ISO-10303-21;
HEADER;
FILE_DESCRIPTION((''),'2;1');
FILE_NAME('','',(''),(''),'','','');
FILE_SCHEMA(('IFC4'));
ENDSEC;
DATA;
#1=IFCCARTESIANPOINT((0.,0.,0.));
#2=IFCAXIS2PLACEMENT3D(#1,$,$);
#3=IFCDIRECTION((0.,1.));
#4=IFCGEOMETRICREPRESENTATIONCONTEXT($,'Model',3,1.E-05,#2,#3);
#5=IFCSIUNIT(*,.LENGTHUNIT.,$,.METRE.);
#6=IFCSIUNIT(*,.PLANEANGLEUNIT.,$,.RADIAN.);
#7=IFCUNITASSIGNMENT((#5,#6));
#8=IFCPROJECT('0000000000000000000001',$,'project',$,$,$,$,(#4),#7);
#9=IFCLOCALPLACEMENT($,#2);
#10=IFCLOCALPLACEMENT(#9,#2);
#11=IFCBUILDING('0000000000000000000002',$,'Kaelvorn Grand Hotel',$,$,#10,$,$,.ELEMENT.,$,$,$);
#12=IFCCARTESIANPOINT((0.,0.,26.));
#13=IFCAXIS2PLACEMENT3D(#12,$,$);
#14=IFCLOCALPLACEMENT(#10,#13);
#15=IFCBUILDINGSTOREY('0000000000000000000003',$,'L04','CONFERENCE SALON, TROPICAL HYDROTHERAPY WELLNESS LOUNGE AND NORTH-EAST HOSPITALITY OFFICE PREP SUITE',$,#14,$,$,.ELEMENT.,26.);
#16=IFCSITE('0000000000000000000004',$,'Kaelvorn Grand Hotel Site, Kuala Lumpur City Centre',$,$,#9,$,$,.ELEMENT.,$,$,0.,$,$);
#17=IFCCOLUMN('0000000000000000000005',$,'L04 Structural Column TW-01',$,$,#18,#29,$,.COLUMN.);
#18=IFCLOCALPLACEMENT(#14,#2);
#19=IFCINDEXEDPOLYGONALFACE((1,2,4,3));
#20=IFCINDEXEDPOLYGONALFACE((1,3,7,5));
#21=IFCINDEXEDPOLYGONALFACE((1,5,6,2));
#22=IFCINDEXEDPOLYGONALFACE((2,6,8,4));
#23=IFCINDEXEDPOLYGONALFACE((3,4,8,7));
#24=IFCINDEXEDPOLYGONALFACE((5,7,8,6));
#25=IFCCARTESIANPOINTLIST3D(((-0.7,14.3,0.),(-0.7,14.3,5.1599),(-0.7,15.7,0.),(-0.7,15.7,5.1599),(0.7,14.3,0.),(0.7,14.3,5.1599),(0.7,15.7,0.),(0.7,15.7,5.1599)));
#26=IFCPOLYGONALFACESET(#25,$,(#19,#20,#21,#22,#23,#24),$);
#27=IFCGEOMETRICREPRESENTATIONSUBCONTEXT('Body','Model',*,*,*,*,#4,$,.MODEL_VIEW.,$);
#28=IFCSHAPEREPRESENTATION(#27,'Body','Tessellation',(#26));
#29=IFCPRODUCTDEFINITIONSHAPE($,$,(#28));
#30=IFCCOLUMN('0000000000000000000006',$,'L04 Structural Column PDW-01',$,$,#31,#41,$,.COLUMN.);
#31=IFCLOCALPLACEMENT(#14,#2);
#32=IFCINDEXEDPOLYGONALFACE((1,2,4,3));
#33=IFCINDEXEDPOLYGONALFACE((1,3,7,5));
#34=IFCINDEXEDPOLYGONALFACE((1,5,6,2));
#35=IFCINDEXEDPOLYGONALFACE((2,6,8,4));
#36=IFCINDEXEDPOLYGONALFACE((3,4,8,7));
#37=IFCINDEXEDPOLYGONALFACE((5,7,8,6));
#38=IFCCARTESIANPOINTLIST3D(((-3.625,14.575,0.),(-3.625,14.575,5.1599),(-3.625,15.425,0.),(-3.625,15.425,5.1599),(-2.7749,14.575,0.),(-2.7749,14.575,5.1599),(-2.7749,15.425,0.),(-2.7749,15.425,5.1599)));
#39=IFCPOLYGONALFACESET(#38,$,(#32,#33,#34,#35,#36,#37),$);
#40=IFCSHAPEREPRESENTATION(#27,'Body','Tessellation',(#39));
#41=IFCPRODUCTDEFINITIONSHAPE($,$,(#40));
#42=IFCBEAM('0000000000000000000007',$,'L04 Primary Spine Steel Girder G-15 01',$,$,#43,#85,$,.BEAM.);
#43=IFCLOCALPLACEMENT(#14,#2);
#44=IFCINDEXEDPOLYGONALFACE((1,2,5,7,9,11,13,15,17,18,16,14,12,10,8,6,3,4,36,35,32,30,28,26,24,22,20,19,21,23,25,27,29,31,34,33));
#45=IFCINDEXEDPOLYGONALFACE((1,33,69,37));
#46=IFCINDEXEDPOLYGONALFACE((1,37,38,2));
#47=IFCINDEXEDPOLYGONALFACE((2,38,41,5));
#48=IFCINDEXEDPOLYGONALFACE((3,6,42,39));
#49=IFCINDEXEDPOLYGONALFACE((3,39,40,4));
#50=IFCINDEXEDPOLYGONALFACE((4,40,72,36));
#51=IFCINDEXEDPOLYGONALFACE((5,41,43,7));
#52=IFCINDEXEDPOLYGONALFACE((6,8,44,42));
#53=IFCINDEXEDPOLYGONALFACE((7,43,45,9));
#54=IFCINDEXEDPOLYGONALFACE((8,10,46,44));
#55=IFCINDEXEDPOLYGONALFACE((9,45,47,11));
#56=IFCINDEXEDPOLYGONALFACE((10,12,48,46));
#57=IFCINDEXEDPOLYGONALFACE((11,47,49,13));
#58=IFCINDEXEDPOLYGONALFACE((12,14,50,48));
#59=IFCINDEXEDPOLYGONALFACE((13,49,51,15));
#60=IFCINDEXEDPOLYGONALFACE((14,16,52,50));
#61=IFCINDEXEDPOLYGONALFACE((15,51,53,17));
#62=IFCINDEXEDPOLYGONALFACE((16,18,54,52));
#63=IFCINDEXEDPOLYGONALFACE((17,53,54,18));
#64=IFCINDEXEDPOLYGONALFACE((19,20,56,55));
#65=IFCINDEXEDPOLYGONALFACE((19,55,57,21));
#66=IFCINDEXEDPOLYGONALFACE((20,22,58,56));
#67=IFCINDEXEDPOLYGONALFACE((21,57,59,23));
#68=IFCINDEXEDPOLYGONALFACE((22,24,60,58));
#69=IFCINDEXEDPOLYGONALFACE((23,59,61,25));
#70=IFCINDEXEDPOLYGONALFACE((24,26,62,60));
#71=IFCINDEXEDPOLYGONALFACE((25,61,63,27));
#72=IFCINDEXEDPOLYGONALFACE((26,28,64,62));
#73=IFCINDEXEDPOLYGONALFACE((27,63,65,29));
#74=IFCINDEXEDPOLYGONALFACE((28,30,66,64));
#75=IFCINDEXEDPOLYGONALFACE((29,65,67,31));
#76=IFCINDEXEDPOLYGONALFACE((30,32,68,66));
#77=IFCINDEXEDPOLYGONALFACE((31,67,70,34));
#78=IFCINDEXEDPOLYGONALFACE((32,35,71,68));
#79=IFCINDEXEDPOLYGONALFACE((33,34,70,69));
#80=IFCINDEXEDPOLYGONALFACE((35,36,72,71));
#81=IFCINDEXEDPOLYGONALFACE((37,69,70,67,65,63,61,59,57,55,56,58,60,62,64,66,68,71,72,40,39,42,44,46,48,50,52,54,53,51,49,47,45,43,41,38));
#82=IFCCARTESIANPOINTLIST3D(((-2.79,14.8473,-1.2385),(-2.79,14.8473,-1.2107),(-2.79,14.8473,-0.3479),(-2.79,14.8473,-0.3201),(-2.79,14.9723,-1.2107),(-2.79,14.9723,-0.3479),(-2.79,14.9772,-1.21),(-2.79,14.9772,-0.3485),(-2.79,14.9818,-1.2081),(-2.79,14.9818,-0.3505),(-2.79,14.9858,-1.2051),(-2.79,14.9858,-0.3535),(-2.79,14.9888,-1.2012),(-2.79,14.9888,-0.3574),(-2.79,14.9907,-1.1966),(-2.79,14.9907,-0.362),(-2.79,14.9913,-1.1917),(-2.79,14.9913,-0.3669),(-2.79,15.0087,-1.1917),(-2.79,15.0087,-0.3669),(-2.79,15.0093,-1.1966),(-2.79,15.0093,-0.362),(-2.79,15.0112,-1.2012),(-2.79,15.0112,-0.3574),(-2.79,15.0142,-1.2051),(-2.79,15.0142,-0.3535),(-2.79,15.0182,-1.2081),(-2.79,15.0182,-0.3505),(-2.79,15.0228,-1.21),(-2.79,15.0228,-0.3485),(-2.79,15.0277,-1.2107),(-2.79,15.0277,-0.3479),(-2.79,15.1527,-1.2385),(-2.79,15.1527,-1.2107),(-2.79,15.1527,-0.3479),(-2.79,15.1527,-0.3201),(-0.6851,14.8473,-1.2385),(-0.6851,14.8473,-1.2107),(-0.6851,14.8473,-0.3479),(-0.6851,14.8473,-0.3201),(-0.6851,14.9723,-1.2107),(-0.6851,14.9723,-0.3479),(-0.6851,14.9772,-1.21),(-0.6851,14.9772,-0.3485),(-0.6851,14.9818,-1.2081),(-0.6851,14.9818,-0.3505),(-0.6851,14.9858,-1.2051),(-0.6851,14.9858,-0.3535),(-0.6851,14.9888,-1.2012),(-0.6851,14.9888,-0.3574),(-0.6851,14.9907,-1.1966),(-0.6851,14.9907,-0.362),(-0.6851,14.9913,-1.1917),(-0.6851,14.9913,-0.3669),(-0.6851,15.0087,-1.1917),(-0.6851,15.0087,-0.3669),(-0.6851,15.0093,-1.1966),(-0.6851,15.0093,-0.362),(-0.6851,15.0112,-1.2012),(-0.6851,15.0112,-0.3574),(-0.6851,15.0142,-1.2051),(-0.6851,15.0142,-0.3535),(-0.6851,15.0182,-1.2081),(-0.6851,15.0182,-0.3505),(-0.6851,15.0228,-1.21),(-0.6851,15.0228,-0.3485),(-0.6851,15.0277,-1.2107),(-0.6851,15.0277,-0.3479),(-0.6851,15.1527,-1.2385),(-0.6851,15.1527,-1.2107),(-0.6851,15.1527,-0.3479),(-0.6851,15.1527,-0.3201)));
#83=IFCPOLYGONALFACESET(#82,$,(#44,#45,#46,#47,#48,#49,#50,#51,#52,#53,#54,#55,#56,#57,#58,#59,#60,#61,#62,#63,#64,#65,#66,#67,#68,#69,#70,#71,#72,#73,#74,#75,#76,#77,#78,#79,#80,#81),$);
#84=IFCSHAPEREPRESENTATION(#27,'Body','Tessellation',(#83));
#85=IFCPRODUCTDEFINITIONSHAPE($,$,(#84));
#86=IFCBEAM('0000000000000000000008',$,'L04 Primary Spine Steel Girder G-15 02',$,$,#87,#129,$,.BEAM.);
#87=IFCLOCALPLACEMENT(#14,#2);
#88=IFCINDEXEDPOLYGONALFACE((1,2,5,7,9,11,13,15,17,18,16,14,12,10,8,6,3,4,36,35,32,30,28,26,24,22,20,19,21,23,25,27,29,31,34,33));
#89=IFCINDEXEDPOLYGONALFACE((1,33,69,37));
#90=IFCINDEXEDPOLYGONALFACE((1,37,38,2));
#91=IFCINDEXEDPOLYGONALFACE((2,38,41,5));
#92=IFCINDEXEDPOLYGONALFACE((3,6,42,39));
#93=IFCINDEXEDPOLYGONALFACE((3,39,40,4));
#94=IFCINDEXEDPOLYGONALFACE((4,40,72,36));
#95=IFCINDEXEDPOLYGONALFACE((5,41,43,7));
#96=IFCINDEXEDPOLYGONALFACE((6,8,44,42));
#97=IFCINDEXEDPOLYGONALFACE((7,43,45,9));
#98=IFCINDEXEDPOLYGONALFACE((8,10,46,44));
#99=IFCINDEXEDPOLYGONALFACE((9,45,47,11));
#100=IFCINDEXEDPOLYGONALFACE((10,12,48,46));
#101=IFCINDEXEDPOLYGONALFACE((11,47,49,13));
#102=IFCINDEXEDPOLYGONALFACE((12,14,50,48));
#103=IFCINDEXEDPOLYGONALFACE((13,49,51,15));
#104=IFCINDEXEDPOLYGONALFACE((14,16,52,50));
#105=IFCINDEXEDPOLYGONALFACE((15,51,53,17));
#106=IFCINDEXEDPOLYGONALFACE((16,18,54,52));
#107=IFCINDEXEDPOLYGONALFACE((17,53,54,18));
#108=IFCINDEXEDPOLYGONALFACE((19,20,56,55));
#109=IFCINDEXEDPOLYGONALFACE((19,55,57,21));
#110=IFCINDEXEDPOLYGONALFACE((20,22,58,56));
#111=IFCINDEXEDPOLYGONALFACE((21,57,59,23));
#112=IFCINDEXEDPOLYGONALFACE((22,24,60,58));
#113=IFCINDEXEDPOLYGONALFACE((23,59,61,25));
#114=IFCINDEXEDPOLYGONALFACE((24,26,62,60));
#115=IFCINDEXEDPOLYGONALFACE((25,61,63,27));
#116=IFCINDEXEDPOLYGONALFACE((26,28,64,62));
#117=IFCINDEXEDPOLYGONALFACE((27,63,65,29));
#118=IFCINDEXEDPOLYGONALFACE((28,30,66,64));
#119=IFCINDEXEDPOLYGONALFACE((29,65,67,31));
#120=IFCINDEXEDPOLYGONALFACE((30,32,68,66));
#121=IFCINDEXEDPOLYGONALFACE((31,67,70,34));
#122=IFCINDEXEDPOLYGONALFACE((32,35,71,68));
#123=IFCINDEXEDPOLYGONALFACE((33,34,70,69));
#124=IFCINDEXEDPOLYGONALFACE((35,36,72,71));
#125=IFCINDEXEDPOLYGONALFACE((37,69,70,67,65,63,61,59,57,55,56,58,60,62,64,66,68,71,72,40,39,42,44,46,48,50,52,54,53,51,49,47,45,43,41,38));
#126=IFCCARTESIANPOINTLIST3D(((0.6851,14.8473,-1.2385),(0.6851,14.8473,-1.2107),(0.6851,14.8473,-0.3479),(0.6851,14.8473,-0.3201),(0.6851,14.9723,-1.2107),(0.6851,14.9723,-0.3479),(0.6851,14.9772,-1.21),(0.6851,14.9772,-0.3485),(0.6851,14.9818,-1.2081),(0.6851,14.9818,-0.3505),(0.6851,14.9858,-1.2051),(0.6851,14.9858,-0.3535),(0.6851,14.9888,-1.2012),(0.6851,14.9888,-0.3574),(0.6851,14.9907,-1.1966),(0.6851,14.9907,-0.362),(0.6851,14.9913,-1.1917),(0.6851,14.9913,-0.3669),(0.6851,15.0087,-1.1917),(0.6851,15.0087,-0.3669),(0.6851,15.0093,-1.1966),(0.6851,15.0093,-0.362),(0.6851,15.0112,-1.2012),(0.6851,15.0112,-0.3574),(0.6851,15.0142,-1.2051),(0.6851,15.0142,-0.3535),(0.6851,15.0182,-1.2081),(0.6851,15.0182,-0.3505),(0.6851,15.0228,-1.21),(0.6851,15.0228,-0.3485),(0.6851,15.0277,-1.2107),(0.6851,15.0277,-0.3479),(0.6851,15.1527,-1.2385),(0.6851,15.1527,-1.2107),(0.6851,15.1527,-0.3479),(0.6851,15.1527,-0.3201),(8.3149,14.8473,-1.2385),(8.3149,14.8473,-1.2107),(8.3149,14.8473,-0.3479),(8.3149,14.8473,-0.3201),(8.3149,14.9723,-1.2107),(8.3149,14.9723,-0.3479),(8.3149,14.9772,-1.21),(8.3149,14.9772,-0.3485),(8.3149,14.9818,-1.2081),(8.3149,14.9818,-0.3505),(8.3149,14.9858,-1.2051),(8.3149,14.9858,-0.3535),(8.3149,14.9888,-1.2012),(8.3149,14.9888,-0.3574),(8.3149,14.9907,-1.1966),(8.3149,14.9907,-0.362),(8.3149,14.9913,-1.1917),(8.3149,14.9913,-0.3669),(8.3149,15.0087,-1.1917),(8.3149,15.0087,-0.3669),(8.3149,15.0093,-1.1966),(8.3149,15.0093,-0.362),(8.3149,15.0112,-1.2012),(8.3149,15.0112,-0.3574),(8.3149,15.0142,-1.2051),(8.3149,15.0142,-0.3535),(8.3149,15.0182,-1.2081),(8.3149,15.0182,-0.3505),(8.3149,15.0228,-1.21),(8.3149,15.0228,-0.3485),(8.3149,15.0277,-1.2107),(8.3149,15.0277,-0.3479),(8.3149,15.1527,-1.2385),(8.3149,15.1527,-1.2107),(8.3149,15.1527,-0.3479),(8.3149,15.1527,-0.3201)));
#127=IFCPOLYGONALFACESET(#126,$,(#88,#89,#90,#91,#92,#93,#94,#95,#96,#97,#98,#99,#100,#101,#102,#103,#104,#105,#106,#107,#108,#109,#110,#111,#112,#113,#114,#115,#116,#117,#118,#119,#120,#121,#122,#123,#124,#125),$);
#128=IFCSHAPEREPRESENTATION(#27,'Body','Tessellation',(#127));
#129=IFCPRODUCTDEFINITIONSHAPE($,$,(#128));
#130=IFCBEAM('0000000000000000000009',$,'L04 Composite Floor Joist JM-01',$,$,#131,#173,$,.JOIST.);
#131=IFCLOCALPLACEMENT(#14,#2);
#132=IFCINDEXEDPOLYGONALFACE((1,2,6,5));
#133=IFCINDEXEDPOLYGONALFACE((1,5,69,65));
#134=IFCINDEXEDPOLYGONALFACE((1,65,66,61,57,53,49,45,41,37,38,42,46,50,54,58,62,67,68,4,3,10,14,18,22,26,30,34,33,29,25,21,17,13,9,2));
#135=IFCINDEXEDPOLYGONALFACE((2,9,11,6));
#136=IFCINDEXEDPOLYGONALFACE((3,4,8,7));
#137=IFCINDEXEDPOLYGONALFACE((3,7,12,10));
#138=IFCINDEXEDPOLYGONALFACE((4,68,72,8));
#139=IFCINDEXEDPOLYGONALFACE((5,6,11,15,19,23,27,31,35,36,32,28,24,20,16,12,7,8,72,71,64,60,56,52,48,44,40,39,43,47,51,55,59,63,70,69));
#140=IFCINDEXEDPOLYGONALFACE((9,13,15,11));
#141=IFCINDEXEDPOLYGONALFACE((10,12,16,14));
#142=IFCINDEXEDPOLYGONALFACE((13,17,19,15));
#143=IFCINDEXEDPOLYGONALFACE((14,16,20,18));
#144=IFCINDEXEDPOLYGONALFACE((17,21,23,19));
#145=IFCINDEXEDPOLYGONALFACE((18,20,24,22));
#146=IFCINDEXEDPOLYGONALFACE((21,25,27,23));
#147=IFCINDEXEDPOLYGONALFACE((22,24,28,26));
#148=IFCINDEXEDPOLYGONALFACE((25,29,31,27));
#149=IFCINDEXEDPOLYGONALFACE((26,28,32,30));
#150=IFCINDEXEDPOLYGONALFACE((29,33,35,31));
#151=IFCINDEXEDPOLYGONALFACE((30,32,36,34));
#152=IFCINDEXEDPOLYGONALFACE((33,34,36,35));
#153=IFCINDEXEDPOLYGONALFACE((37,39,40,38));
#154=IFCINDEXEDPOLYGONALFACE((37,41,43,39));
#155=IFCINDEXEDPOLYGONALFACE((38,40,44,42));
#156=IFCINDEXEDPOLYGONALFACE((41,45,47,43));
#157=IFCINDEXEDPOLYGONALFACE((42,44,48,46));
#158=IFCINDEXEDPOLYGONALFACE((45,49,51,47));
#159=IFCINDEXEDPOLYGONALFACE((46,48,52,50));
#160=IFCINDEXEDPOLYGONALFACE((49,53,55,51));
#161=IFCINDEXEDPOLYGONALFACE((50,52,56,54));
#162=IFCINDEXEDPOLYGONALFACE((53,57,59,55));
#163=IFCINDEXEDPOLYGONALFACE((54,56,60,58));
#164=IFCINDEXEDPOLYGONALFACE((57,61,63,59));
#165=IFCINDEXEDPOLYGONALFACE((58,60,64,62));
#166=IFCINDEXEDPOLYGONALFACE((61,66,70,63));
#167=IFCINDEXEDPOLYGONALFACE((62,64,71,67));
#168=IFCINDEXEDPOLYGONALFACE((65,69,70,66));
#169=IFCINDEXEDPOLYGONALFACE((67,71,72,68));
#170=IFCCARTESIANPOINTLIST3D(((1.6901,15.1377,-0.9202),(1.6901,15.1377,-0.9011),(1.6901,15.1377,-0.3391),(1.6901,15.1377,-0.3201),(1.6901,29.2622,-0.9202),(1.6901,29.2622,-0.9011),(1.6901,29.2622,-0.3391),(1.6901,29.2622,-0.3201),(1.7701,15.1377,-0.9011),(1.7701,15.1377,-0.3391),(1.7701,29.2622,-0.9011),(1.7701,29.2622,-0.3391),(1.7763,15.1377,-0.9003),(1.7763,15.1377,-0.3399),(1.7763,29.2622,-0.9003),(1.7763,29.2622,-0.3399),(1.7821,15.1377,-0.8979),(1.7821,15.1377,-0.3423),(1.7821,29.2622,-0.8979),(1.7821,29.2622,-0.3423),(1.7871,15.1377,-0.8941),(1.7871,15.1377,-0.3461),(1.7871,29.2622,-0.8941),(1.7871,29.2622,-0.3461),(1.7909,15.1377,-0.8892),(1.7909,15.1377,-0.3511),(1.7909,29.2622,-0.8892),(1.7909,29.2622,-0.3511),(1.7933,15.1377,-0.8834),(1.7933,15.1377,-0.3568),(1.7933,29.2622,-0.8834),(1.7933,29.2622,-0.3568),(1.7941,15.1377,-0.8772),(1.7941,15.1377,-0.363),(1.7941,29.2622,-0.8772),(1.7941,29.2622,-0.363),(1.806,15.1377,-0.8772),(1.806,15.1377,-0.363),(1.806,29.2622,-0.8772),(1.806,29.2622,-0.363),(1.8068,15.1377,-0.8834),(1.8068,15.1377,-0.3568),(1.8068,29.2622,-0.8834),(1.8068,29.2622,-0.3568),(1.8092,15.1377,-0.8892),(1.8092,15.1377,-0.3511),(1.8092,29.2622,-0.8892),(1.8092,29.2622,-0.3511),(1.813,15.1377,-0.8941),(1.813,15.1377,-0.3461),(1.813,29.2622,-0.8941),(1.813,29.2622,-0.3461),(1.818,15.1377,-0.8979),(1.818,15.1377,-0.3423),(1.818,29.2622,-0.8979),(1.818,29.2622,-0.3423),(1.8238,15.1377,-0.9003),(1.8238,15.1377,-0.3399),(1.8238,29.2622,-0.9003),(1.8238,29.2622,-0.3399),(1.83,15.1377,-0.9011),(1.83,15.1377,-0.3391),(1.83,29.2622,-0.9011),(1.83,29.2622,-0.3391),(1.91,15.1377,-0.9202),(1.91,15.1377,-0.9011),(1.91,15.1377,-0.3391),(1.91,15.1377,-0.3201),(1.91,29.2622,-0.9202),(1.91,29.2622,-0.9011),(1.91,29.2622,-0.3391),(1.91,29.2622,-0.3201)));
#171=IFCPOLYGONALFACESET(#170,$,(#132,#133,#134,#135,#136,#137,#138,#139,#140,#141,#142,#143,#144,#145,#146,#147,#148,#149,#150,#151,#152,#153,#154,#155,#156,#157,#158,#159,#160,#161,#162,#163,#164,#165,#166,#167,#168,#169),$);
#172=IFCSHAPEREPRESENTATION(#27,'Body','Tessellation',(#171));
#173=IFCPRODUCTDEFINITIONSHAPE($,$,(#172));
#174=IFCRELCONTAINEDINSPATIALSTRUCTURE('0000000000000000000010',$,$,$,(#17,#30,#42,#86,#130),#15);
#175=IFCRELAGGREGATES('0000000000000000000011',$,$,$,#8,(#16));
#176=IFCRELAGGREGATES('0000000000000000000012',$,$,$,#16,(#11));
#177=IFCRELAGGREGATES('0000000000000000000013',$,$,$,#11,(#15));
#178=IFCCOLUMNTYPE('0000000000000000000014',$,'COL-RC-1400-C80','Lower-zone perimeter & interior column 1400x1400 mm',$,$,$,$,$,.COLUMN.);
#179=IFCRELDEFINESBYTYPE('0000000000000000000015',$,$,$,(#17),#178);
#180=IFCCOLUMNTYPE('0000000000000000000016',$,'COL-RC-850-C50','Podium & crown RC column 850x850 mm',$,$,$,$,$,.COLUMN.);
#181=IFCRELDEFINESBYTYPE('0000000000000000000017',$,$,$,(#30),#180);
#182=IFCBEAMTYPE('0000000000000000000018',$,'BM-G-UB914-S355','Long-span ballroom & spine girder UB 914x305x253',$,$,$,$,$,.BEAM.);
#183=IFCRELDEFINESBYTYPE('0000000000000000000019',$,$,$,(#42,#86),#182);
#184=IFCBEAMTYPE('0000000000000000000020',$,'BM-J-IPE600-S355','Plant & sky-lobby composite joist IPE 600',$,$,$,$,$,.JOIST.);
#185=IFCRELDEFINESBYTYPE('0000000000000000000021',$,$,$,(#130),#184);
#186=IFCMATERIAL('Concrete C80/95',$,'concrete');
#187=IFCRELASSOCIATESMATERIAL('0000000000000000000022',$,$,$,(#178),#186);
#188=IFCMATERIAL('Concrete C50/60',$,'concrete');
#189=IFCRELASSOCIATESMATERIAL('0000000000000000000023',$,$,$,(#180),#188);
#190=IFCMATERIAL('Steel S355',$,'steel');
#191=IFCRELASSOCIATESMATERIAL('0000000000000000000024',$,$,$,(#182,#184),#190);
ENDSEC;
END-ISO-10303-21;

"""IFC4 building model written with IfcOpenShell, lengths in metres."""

from ifc_helpers import new_model, si_unit, direction, frame, origin, origin_2d, place, context, subcontext, project, spatial, rectangle, i_section, extrude, material, material_profile, profile_set, type_object, element, save


model = new_model("IFC4")

# Units and contexts
model_context = context("Model", 3, precision=1e-05, world=origin(), true_north=direction((0.0, 1.0)))
body_context = subcontext(model_context, "Body", "Model", "MODEL_VIEW")
ifc_project = project(units=[si_unit("LENGTHUNIT", "METRE"), si_unit("PLANEANGLEUNIT", "RADIAN")], contexts=[model_context])

# Site, building, storey
site_placement = place(None, origin())
site = spatial("IfcSite", under=ifc_project, at=site_placement, Name="Kaelvorn Grand Hotel Site, Kuala Lumpur City Centre", CompositionType="ELEMENT", RefElevation=0.0)
building_placement = place(site_placement, origin())
building = spatial("IfcBuilding", under=site, at=building_placement, Name="Kaelvorn Grand Hotel", CompositionType="ELEMENT")
storey_placement = place(building_placement, frame((0.0, 0.0, 26.0)))
storey = spatial("IfcBuildingStorey", under=building, at=storey_placement, Name="L04", Description="CONFERENCE SALON, TROPICAL HYDROTHERAPY WELLNESS LOUNGE AND NORTH-EAST HOSPITALITY OFFICE PREP SUITE", CompositionType="ELEMENT", Elevation=26.0)

# Columns
ifc_material_1 = material(Name="Concrete C80/95", Category="concrete")
ifc_material_profile_1 = material_profile(ifc_material_1, rectangle(XDim=1.3999, YDim=1.3999, at=origin_2d()), Name="RC COL 1400x1400")
ifc_profile_set_1 = profile_set([ifc_material_profile_1], Name="Concrete C80/95")
column_type_1 = type_object("IfcColumnType", Name="COL-RC-1400-C80", Description="Lower-zone perimeter & interior column 1400x1400 mm", PredefinedType="COLUMN", material=ifc_profile_set_1)
column_1_placement = place(storey_placement, frame((0.0, 15.0, 0.0), z_axis=(0.0, 0.0, 1.0), x_axis=(1.0, 0.0, 0.0)))
element("IfcColumn", 1, at=column_1_placement, inside=storey, type_object=column_type_1, Name="L04 Structural Column TW-01", PredefinedType="COLUMN", context=body_context, shape_type="SweptSolid", body=[
    extrude(rectangle(XDim=1.3999, YDim=1.3999, at=origin_2d()), origin(), (0.0, 0.0, 1.0), 5.1599),
])
ifc_material_2 = material(Name="Concrete C50/60", Category="concrete")
ifc_material_profile_2 = material_profile(ifc_material_2, rectangle(XDim=0.8501, YDim=0.8501, at=origin_2d()), Name="RC COL 850x850")
ifc_profile_set_2 = profile_set([ifc_material_profile_2], Name="Concrete C50/60")
column_type_2 = type_object("IfcColumnType", Name="COL-RC-850-C50", Description="Podium & crown RC column 850x850 mm", PredefinedType="COLUMN", material=ifc_profile_set_2)
column_2_placement = place(storey_placement, frame((-3.2, 15.0, 0.0), z_axis=(0.0, 0.0, 1.0), x_axis=(1.0, 0.0, 0.0)))
element("IfcColumn", 2, at=column_2_placement, inside=storey, type_object=column_type_2, Name="L04 Structural Column PDW-01", PredefinedType="COLUMN", context=body_context, shape_type="SweptSolid", body=[
    extrude(rectangle(XDim=0.8501, YDim=0.8501, at=origin_2d()), origin(), (0.0, 0.0, 1.0), 5.1599),
])

# Beams
ifc_material_3 = material(Name="Steel S355", Category="steel")
ifc_material_profile_3 = material_profile(ifc_material_3, i_section(OverallWidth=0.3054, OverallDepth=0.9185, WebThickness=0.0173, FlangeThickness=0.0278, FilletRadius=0.019, at=origin_2d()), Name="UB 914x305x253")
ifc_profile_set_3 = profile_set([ifc_material_profile_3], Name="Steel S355")
beam_type_1 = type_object("IfcBeamType", Name="BM-G-UB914-S355", Description="Long-span ballroom & spine girder UB 914x305x253", PredefinedType="BEAM", material=ifc_profile_set_3)
beam_1_placement = place(storey_placement, frame((-2.79, 15.0, -0.7793), z_axis=(1.0, 0.0, 0.0), x_axis=(0.0, 1.0, 0.0)))
element("IfcBeam", 3, at=beam_1_placement, inside=storey, type_object=beam_type_1, Name="L04 Primary Spine Steel Girder G-15 01", PredefinedType="BEAM", context=body_context, shape_type="SweptSolid", body=[
    extrude(i_section(OverallWidth=0.3054, OverallDepth=0.9185, WebThickness=0.0173, FlangeThickness=0.0278, FilletRadius=0.019, at=origin_2d()), origin(), (0.0, 0.0, 1.0), 2.105),
])
beam_2_placement = place(storey_placement, frame((0.6851, 15.0, -0.7793), z_axis=(1.0, 0.0, 0.0), x_axis=(0.0, 1.0, 0.0)))
element("IfcBeam", 4, at=beam_2_placement, inside=storey, type_object=beam_type_1, Name="L04 Primary Spine Steel Girder G-15 02", PredefinedType="BEAM", context=body_context, shape_type="SweptSolid", body=[
    extrude(i_section(OverallWidth=0.3054, OverallDepth=0.9185, WebThickness=0.0173, FlangeThickness=0.0278, FilletRadius=0.019, at=origin_2d()), origin(), (0.0, 0.0, 1.0), 7.6299),
])
ifc_material_profile_4 = material_profile(ifc_material_3, i_section(OverallWidth=0.22, OverallDepth=0.6001, WebThickness=0.012, FlangeThickness=0.019, FilletRadius=0.0239, at=origin_2d()), Name="IPE 600")
ifc_profile_set_4 = profile_set([ifc_material_profile_4], Name="Steel S355")
beam_type_2 = type_object("IfcBeamType", Name="BM-J-IPE600-S355", Description="Plant & sky-lobby composite joist IPE 600", PredefinedType="JOIST", material=ifc_profile_set_4)
for number, where, z_axis, x_axis, name in (
    (5, (1.8, 15.1377, -0.6201), (0.0, 1.0, 0.0), (-1.0, 0.0, 0.0), "L04 Composite Floor Joist JM-01"),
):
    element("IfcBeam", number, at=place(storey_placement, frame(where, z_axis=z_axis, x_axis=x_axis)), inside=storey, type_object=beam_type_2, Name=name, PredefinedType="JOIST", context=body_context, shape_type="SweptSolid", body=[
        extrude(i_section(OverallWidth=0.22, OverallDepth=0.6001, WebThickness=0.012, FlangeThickness=0.019, FilletRadius=0.0239, at=origin_2d()), origin(), (0.0, 0.0, 1.0), 14.1245),
    ])

save(model, "model.ifc")
